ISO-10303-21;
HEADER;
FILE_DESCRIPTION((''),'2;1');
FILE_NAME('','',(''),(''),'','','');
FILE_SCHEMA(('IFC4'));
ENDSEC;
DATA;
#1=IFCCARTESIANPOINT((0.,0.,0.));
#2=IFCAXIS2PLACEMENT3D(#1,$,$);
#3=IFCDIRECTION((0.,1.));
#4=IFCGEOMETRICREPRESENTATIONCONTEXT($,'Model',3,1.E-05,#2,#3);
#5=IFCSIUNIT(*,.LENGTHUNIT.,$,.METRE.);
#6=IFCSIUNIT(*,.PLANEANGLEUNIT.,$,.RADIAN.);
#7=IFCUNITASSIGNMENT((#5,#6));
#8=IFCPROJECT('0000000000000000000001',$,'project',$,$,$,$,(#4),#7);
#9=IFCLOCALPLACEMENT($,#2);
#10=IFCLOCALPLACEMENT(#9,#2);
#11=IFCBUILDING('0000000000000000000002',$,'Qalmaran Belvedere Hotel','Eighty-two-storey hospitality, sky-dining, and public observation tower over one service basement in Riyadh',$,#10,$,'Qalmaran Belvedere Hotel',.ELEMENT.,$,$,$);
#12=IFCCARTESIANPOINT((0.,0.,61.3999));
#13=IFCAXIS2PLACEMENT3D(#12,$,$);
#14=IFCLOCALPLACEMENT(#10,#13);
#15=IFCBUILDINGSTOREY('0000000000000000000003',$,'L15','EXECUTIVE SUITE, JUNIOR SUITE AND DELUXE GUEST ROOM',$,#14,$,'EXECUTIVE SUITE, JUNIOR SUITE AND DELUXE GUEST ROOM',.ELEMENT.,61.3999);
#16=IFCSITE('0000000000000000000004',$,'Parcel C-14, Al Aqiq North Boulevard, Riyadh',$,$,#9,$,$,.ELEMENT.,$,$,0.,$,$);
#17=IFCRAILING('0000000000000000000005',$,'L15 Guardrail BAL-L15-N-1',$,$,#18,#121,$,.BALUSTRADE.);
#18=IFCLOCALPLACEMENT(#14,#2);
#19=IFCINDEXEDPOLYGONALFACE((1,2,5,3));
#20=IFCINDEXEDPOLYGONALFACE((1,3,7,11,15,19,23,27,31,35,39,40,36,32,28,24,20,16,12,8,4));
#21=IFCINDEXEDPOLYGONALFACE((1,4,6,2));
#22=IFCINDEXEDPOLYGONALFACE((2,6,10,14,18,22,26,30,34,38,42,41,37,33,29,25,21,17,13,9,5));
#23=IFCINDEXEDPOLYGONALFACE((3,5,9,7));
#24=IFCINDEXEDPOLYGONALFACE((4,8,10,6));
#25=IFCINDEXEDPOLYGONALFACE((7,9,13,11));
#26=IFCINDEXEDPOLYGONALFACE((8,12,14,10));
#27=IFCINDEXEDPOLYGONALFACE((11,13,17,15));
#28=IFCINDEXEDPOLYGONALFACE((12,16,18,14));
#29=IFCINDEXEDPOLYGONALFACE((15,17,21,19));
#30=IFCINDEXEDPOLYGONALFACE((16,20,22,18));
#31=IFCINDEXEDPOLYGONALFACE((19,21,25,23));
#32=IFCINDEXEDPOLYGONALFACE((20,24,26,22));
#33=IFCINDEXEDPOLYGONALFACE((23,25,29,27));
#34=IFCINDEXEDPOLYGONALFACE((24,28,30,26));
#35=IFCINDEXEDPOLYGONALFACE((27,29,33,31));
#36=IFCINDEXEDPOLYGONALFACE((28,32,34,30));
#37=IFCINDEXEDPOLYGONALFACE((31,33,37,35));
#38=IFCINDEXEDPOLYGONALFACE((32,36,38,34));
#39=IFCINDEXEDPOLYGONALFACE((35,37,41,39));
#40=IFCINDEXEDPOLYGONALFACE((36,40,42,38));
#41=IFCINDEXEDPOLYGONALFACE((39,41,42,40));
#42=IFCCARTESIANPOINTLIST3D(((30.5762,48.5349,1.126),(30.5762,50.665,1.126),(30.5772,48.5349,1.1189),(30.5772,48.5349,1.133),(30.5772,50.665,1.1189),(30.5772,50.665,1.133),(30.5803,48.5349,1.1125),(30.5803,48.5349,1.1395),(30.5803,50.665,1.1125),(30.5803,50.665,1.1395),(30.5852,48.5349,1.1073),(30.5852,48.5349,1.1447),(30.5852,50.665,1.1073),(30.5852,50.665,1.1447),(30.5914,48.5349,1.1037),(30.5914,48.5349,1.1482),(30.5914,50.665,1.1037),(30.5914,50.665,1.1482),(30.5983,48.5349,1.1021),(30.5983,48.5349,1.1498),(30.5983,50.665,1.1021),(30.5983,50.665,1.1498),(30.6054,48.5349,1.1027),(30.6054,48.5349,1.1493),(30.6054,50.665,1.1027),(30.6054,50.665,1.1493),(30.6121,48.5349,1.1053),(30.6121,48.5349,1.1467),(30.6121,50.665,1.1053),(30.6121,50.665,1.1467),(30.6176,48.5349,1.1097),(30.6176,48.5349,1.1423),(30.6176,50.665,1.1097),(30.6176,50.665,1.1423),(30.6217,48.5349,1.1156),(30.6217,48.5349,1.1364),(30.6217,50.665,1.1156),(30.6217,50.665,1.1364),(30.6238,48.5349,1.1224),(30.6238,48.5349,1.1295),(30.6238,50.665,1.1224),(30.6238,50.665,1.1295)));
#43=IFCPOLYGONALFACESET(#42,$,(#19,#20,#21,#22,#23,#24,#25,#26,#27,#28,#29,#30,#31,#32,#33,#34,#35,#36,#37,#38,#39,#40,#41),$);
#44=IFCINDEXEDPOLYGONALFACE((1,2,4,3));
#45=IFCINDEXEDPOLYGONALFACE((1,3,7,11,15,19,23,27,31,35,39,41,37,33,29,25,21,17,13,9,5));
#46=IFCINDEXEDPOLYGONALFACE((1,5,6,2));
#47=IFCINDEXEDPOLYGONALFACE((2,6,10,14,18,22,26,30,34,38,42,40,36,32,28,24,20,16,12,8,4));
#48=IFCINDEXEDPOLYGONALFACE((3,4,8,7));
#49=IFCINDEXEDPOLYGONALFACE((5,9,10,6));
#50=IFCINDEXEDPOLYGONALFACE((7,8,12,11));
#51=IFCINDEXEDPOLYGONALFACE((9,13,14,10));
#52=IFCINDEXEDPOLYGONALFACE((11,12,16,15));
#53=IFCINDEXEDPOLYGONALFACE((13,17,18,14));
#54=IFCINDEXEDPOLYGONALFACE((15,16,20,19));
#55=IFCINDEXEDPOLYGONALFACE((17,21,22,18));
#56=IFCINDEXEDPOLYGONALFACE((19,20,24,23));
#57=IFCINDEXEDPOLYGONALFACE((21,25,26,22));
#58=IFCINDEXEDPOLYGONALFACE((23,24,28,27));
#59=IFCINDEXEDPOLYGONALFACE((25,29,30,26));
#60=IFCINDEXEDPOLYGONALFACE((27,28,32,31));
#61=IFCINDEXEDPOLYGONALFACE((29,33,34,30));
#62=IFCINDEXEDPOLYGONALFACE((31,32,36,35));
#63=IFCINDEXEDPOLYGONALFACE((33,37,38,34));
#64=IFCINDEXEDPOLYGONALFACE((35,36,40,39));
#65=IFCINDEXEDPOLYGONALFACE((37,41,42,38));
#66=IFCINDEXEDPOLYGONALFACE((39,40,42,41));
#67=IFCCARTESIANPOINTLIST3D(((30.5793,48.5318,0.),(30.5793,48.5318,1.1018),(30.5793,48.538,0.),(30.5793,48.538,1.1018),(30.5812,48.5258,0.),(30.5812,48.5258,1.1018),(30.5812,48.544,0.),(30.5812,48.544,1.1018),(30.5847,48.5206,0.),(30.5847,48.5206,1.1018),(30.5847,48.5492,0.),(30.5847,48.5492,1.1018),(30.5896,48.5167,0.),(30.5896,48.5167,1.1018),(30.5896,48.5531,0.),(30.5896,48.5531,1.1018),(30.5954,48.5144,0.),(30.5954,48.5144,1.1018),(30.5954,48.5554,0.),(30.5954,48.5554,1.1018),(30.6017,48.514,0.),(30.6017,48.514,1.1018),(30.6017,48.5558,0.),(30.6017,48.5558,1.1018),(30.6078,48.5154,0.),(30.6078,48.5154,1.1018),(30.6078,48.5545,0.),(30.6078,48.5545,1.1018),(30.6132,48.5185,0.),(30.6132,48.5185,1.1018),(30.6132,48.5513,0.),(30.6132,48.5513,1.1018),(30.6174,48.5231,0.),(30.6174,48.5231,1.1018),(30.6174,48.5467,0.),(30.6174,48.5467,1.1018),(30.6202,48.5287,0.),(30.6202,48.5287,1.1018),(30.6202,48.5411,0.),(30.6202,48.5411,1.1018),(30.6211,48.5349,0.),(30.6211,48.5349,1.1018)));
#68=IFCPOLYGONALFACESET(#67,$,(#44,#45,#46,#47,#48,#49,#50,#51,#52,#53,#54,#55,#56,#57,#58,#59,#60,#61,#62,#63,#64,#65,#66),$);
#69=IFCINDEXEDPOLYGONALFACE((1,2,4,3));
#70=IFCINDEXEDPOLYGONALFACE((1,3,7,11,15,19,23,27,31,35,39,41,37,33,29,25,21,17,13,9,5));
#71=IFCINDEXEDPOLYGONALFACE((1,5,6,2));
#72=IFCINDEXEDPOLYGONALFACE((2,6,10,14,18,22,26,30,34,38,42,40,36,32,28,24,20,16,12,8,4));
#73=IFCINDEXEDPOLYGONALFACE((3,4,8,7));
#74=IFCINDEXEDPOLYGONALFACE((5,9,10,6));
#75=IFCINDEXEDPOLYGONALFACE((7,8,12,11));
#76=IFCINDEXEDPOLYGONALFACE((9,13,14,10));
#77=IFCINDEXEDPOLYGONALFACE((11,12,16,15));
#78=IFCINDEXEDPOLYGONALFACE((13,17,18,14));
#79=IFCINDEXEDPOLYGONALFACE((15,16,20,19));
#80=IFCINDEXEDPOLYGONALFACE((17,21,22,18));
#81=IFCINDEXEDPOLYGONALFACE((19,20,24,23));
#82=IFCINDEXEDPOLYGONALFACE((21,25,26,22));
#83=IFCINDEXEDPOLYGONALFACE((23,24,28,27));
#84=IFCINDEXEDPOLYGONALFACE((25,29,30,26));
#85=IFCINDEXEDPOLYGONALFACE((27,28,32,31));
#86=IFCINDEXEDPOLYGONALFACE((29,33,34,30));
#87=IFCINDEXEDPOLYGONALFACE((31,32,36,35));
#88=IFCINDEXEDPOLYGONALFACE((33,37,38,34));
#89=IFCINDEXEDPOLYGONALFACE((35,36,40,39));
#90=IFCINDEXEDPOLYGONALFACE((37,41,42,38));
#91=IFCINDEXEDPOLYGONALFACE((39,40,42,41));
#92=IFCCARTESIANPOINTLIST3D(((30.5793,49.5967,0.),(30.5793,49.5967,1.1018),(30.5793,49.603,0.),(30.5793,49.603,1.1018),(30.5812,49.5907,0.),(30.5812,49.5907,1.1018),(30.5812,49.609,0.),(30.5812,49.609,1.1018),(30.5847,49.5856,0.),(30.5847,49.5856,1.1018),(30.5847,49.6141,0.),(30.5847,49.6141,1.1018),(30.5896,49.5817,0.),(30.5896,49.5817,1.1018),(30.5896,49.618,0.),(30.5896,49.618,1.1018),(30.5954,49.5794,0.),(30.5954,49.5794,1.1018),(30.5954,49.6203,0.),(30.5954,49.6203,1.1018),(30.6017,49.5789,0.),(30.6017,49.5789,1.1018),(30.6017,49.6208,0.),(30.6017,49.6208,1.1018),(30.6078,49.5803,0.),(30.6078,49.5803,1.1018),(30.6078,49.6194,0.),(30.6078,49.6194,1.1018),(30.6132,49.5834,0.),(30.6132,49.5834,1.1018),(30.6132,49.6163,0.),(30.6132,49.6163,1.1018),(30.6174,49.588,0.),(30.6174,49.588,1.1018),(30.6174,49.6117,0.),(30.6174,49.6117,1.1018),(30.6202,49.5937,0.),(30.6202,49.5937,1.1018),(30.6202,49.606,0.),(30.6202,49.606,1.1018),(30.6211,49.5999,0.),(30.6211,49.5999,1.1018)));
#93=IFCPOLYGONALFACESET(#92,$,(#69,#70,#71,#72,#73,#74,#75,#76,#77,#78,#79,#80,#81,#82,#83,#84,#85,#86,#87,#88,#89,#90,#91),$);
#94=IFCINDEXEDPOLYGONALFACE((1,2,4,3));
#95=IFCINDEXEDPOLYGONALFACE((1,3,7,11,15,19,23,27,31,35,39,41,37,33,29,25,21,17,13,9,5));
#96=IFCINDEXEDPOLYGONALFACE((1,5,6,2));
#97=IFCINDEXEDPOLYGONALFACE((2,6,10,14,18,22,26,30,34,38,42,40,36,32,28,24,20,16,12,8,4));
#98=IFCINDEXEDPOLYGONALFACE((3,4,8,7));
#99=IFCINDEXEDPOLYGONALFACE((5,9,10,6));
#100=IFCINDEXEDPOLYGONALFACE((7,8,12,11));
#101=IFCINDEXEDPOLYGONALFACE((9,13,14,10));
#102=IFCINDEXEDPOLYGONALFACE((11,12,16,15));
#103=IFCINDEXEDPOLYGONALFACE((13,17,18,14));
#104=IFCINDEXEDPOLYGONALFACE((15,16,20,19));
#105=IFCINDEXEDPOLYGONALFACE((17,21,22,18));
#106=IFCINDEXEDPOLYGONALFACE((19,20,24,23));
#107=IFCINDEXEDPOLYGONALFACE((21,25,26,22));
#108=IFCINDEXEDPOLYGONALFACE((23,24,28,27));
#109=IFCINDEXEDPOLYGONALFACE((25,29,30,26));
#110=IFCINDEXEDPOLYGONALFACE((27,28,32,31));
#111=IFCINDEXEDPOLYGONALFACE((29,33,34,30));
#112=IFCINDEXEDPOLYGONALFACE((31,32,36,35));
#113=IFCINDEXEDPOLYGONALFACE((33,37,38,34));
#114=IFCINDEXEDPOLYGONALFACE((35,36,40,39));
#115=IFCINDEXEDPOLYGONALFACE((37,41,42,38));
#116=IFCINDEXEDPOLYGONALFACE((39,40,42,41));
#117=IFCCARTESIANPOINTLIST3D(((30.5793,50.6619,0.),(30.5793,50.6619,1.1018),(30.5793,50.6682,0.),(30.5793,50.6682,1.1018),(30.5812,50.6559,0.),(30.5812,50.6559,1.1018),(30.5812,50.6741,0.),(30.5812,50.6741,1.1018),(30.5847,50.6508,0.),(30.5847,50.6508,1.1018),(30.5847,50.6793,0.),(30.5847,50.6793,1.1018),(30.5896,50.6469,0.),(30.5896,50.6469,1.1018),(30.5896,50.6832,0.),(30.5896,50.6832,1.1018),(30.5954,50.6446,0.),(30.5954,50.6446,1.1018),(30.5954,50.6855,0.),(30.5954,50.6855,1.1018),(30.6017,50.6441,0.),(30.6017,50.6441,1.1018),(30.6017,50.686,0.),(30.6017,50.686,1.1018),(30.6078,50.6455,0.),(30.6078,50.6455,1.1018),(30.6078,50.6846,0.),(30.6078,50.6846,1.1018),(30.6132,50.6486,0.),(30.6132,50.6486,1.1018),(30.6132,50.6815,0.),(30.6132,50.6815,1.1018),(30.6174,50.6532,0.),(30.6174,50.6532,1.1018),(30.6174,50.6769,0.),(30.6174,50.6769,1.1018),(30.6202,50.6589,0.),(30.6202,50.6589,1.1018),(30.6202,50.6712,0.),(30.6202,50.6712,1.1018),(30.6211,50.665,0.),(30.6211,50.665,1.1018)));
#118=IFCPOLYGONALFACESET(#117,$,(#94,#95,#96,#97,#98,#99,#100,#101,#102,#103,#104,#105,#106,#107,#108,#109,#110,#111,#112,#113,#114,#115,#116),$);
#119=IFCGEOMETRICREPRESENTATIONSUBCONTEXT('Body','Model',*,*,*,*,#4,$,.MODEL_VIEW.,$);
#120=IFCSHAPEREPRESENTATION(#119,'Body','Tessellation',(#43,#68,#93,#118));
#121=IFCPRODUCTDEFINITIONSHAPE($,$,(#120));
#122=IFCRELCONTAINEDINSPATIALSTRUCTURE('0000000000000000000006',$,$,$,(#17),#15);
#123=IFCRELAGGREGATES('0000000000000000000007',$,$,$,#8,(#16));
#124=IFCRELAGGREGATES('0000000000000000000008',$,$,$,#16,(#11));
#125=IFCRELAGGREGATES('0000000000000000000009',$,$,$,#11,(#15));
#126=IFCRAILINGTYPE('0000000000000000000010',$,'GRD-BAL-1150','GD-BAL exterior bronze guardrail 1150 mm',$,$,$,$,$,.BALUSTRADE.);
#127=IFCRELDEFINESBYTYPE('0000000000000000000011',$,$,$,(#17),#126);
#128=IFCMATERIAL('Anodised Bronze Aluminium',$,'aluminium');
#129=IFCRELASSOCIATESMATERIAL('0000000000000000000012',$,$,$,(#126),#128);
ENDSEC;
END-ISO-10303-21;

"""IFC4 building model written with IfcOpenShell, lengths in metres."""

from ifc_helpers import new_model, si_unit, direction, frame, origin, origin_2d, place, context, subcontext, project, spatial, circle, extrude, material, type_object, element, save


model = new_model("IFC4")

# Units and contexts
model_context = context("Model", 3, precision=1e-05, world=origin(), true_north=direction((0.0, 1.0)))
body_context = subcontext(model_context, "Body", "Model", "MODEL_VIEW")
ifc_project = project(units=[si_unit("LENGTHUNIT", "METRE"), si_unit("PLANEANGLEUNIT", "RADIAN")], contexts=[model_context])

# Site, building, storey
site_placement = place(None, origin())
site = spatial("IfcSite", under=ifc_project, at=site_placement, Name="Parcel C-14, Al Aqiq North Boulevard, Riyadh", CompositionType="ELEMENT", RefElevation=0.0)
building_placement = place(site_placement, origin())
building = spatial("IfcBuilding", under=site, at=building_placement, Name="Qalmaran Belvedere Hotel", Description="Eighty-two-storey hospitality, sky-dining, and public observation tower over one service basement in Riyadh", LongName="Qalmaran Belvedere Hotel", CompositionType="ELEMENT")
storey_placement = place(building_placement, frame((0.0, 0.0, 61.3999)))
storey = spatial("IfcBuildingStorey", under=building, at=storey_placement, Name="L15", Description="EXECUTIVE SUITE, JUNIOR SUITE AND DELUXE GUEST ROOM", LongName="EXECUTIVE SUITE, JUNIOR SUITE AND DELUXE GUEST ROOM", CompositionType="ELEMENT", Elevation=61.3999)

# Shared definitions
ifc_material_1 = material(Name="Anodised Bronze Aluminium", Category="aluminium")

# Railing
railing_type = type_object("IfcRailingType", Name="GRD-BAL-1150", Description="GD-BAL exterior bronze guardrail 1150 mm", PredefinedType="BALUSTRADE", material=ifc_material_1)
railing_1_placement = place(storey_placement, frame((30.6001, 48.5349, 0.0)))
element("IfcRailing", 1, at=railing_1_placement, inside=storey, type_object=railing_type, Name="L15 Guardrail BAL-L15-N-1", PredefinedType="BALUSTRADE", context=body_context, shape_type="SweptSolid", body=[
    extrude(circle(Radius=0.0239, at=origin_2d()), frame((0.0, 0.0, 1.126), z_axis=(0.0, 1.0, 0.0), x_axis=(-1.0, 0.0, 0.0)), (0.0, 0.0, 1.0), 2.1301),
    extrude(circle(Radius=0.021, at=origin_2d()), origin(), (0.0, 0.0, 1.0), 1.1018),
    extrude(circle(Radius=0.021, at=origin_2d()), frame((0.0, 1.0649, 0.0)), (0.0, 0.0, 1.0), 1.1018),
    extrude(circle(Radius=0.021, at=origin_2d()), frame((0.0, 2.1301, 0.0)), (0.0, 0.0, 1.0), 1.1018),
])

save(model, "model.ifc")
